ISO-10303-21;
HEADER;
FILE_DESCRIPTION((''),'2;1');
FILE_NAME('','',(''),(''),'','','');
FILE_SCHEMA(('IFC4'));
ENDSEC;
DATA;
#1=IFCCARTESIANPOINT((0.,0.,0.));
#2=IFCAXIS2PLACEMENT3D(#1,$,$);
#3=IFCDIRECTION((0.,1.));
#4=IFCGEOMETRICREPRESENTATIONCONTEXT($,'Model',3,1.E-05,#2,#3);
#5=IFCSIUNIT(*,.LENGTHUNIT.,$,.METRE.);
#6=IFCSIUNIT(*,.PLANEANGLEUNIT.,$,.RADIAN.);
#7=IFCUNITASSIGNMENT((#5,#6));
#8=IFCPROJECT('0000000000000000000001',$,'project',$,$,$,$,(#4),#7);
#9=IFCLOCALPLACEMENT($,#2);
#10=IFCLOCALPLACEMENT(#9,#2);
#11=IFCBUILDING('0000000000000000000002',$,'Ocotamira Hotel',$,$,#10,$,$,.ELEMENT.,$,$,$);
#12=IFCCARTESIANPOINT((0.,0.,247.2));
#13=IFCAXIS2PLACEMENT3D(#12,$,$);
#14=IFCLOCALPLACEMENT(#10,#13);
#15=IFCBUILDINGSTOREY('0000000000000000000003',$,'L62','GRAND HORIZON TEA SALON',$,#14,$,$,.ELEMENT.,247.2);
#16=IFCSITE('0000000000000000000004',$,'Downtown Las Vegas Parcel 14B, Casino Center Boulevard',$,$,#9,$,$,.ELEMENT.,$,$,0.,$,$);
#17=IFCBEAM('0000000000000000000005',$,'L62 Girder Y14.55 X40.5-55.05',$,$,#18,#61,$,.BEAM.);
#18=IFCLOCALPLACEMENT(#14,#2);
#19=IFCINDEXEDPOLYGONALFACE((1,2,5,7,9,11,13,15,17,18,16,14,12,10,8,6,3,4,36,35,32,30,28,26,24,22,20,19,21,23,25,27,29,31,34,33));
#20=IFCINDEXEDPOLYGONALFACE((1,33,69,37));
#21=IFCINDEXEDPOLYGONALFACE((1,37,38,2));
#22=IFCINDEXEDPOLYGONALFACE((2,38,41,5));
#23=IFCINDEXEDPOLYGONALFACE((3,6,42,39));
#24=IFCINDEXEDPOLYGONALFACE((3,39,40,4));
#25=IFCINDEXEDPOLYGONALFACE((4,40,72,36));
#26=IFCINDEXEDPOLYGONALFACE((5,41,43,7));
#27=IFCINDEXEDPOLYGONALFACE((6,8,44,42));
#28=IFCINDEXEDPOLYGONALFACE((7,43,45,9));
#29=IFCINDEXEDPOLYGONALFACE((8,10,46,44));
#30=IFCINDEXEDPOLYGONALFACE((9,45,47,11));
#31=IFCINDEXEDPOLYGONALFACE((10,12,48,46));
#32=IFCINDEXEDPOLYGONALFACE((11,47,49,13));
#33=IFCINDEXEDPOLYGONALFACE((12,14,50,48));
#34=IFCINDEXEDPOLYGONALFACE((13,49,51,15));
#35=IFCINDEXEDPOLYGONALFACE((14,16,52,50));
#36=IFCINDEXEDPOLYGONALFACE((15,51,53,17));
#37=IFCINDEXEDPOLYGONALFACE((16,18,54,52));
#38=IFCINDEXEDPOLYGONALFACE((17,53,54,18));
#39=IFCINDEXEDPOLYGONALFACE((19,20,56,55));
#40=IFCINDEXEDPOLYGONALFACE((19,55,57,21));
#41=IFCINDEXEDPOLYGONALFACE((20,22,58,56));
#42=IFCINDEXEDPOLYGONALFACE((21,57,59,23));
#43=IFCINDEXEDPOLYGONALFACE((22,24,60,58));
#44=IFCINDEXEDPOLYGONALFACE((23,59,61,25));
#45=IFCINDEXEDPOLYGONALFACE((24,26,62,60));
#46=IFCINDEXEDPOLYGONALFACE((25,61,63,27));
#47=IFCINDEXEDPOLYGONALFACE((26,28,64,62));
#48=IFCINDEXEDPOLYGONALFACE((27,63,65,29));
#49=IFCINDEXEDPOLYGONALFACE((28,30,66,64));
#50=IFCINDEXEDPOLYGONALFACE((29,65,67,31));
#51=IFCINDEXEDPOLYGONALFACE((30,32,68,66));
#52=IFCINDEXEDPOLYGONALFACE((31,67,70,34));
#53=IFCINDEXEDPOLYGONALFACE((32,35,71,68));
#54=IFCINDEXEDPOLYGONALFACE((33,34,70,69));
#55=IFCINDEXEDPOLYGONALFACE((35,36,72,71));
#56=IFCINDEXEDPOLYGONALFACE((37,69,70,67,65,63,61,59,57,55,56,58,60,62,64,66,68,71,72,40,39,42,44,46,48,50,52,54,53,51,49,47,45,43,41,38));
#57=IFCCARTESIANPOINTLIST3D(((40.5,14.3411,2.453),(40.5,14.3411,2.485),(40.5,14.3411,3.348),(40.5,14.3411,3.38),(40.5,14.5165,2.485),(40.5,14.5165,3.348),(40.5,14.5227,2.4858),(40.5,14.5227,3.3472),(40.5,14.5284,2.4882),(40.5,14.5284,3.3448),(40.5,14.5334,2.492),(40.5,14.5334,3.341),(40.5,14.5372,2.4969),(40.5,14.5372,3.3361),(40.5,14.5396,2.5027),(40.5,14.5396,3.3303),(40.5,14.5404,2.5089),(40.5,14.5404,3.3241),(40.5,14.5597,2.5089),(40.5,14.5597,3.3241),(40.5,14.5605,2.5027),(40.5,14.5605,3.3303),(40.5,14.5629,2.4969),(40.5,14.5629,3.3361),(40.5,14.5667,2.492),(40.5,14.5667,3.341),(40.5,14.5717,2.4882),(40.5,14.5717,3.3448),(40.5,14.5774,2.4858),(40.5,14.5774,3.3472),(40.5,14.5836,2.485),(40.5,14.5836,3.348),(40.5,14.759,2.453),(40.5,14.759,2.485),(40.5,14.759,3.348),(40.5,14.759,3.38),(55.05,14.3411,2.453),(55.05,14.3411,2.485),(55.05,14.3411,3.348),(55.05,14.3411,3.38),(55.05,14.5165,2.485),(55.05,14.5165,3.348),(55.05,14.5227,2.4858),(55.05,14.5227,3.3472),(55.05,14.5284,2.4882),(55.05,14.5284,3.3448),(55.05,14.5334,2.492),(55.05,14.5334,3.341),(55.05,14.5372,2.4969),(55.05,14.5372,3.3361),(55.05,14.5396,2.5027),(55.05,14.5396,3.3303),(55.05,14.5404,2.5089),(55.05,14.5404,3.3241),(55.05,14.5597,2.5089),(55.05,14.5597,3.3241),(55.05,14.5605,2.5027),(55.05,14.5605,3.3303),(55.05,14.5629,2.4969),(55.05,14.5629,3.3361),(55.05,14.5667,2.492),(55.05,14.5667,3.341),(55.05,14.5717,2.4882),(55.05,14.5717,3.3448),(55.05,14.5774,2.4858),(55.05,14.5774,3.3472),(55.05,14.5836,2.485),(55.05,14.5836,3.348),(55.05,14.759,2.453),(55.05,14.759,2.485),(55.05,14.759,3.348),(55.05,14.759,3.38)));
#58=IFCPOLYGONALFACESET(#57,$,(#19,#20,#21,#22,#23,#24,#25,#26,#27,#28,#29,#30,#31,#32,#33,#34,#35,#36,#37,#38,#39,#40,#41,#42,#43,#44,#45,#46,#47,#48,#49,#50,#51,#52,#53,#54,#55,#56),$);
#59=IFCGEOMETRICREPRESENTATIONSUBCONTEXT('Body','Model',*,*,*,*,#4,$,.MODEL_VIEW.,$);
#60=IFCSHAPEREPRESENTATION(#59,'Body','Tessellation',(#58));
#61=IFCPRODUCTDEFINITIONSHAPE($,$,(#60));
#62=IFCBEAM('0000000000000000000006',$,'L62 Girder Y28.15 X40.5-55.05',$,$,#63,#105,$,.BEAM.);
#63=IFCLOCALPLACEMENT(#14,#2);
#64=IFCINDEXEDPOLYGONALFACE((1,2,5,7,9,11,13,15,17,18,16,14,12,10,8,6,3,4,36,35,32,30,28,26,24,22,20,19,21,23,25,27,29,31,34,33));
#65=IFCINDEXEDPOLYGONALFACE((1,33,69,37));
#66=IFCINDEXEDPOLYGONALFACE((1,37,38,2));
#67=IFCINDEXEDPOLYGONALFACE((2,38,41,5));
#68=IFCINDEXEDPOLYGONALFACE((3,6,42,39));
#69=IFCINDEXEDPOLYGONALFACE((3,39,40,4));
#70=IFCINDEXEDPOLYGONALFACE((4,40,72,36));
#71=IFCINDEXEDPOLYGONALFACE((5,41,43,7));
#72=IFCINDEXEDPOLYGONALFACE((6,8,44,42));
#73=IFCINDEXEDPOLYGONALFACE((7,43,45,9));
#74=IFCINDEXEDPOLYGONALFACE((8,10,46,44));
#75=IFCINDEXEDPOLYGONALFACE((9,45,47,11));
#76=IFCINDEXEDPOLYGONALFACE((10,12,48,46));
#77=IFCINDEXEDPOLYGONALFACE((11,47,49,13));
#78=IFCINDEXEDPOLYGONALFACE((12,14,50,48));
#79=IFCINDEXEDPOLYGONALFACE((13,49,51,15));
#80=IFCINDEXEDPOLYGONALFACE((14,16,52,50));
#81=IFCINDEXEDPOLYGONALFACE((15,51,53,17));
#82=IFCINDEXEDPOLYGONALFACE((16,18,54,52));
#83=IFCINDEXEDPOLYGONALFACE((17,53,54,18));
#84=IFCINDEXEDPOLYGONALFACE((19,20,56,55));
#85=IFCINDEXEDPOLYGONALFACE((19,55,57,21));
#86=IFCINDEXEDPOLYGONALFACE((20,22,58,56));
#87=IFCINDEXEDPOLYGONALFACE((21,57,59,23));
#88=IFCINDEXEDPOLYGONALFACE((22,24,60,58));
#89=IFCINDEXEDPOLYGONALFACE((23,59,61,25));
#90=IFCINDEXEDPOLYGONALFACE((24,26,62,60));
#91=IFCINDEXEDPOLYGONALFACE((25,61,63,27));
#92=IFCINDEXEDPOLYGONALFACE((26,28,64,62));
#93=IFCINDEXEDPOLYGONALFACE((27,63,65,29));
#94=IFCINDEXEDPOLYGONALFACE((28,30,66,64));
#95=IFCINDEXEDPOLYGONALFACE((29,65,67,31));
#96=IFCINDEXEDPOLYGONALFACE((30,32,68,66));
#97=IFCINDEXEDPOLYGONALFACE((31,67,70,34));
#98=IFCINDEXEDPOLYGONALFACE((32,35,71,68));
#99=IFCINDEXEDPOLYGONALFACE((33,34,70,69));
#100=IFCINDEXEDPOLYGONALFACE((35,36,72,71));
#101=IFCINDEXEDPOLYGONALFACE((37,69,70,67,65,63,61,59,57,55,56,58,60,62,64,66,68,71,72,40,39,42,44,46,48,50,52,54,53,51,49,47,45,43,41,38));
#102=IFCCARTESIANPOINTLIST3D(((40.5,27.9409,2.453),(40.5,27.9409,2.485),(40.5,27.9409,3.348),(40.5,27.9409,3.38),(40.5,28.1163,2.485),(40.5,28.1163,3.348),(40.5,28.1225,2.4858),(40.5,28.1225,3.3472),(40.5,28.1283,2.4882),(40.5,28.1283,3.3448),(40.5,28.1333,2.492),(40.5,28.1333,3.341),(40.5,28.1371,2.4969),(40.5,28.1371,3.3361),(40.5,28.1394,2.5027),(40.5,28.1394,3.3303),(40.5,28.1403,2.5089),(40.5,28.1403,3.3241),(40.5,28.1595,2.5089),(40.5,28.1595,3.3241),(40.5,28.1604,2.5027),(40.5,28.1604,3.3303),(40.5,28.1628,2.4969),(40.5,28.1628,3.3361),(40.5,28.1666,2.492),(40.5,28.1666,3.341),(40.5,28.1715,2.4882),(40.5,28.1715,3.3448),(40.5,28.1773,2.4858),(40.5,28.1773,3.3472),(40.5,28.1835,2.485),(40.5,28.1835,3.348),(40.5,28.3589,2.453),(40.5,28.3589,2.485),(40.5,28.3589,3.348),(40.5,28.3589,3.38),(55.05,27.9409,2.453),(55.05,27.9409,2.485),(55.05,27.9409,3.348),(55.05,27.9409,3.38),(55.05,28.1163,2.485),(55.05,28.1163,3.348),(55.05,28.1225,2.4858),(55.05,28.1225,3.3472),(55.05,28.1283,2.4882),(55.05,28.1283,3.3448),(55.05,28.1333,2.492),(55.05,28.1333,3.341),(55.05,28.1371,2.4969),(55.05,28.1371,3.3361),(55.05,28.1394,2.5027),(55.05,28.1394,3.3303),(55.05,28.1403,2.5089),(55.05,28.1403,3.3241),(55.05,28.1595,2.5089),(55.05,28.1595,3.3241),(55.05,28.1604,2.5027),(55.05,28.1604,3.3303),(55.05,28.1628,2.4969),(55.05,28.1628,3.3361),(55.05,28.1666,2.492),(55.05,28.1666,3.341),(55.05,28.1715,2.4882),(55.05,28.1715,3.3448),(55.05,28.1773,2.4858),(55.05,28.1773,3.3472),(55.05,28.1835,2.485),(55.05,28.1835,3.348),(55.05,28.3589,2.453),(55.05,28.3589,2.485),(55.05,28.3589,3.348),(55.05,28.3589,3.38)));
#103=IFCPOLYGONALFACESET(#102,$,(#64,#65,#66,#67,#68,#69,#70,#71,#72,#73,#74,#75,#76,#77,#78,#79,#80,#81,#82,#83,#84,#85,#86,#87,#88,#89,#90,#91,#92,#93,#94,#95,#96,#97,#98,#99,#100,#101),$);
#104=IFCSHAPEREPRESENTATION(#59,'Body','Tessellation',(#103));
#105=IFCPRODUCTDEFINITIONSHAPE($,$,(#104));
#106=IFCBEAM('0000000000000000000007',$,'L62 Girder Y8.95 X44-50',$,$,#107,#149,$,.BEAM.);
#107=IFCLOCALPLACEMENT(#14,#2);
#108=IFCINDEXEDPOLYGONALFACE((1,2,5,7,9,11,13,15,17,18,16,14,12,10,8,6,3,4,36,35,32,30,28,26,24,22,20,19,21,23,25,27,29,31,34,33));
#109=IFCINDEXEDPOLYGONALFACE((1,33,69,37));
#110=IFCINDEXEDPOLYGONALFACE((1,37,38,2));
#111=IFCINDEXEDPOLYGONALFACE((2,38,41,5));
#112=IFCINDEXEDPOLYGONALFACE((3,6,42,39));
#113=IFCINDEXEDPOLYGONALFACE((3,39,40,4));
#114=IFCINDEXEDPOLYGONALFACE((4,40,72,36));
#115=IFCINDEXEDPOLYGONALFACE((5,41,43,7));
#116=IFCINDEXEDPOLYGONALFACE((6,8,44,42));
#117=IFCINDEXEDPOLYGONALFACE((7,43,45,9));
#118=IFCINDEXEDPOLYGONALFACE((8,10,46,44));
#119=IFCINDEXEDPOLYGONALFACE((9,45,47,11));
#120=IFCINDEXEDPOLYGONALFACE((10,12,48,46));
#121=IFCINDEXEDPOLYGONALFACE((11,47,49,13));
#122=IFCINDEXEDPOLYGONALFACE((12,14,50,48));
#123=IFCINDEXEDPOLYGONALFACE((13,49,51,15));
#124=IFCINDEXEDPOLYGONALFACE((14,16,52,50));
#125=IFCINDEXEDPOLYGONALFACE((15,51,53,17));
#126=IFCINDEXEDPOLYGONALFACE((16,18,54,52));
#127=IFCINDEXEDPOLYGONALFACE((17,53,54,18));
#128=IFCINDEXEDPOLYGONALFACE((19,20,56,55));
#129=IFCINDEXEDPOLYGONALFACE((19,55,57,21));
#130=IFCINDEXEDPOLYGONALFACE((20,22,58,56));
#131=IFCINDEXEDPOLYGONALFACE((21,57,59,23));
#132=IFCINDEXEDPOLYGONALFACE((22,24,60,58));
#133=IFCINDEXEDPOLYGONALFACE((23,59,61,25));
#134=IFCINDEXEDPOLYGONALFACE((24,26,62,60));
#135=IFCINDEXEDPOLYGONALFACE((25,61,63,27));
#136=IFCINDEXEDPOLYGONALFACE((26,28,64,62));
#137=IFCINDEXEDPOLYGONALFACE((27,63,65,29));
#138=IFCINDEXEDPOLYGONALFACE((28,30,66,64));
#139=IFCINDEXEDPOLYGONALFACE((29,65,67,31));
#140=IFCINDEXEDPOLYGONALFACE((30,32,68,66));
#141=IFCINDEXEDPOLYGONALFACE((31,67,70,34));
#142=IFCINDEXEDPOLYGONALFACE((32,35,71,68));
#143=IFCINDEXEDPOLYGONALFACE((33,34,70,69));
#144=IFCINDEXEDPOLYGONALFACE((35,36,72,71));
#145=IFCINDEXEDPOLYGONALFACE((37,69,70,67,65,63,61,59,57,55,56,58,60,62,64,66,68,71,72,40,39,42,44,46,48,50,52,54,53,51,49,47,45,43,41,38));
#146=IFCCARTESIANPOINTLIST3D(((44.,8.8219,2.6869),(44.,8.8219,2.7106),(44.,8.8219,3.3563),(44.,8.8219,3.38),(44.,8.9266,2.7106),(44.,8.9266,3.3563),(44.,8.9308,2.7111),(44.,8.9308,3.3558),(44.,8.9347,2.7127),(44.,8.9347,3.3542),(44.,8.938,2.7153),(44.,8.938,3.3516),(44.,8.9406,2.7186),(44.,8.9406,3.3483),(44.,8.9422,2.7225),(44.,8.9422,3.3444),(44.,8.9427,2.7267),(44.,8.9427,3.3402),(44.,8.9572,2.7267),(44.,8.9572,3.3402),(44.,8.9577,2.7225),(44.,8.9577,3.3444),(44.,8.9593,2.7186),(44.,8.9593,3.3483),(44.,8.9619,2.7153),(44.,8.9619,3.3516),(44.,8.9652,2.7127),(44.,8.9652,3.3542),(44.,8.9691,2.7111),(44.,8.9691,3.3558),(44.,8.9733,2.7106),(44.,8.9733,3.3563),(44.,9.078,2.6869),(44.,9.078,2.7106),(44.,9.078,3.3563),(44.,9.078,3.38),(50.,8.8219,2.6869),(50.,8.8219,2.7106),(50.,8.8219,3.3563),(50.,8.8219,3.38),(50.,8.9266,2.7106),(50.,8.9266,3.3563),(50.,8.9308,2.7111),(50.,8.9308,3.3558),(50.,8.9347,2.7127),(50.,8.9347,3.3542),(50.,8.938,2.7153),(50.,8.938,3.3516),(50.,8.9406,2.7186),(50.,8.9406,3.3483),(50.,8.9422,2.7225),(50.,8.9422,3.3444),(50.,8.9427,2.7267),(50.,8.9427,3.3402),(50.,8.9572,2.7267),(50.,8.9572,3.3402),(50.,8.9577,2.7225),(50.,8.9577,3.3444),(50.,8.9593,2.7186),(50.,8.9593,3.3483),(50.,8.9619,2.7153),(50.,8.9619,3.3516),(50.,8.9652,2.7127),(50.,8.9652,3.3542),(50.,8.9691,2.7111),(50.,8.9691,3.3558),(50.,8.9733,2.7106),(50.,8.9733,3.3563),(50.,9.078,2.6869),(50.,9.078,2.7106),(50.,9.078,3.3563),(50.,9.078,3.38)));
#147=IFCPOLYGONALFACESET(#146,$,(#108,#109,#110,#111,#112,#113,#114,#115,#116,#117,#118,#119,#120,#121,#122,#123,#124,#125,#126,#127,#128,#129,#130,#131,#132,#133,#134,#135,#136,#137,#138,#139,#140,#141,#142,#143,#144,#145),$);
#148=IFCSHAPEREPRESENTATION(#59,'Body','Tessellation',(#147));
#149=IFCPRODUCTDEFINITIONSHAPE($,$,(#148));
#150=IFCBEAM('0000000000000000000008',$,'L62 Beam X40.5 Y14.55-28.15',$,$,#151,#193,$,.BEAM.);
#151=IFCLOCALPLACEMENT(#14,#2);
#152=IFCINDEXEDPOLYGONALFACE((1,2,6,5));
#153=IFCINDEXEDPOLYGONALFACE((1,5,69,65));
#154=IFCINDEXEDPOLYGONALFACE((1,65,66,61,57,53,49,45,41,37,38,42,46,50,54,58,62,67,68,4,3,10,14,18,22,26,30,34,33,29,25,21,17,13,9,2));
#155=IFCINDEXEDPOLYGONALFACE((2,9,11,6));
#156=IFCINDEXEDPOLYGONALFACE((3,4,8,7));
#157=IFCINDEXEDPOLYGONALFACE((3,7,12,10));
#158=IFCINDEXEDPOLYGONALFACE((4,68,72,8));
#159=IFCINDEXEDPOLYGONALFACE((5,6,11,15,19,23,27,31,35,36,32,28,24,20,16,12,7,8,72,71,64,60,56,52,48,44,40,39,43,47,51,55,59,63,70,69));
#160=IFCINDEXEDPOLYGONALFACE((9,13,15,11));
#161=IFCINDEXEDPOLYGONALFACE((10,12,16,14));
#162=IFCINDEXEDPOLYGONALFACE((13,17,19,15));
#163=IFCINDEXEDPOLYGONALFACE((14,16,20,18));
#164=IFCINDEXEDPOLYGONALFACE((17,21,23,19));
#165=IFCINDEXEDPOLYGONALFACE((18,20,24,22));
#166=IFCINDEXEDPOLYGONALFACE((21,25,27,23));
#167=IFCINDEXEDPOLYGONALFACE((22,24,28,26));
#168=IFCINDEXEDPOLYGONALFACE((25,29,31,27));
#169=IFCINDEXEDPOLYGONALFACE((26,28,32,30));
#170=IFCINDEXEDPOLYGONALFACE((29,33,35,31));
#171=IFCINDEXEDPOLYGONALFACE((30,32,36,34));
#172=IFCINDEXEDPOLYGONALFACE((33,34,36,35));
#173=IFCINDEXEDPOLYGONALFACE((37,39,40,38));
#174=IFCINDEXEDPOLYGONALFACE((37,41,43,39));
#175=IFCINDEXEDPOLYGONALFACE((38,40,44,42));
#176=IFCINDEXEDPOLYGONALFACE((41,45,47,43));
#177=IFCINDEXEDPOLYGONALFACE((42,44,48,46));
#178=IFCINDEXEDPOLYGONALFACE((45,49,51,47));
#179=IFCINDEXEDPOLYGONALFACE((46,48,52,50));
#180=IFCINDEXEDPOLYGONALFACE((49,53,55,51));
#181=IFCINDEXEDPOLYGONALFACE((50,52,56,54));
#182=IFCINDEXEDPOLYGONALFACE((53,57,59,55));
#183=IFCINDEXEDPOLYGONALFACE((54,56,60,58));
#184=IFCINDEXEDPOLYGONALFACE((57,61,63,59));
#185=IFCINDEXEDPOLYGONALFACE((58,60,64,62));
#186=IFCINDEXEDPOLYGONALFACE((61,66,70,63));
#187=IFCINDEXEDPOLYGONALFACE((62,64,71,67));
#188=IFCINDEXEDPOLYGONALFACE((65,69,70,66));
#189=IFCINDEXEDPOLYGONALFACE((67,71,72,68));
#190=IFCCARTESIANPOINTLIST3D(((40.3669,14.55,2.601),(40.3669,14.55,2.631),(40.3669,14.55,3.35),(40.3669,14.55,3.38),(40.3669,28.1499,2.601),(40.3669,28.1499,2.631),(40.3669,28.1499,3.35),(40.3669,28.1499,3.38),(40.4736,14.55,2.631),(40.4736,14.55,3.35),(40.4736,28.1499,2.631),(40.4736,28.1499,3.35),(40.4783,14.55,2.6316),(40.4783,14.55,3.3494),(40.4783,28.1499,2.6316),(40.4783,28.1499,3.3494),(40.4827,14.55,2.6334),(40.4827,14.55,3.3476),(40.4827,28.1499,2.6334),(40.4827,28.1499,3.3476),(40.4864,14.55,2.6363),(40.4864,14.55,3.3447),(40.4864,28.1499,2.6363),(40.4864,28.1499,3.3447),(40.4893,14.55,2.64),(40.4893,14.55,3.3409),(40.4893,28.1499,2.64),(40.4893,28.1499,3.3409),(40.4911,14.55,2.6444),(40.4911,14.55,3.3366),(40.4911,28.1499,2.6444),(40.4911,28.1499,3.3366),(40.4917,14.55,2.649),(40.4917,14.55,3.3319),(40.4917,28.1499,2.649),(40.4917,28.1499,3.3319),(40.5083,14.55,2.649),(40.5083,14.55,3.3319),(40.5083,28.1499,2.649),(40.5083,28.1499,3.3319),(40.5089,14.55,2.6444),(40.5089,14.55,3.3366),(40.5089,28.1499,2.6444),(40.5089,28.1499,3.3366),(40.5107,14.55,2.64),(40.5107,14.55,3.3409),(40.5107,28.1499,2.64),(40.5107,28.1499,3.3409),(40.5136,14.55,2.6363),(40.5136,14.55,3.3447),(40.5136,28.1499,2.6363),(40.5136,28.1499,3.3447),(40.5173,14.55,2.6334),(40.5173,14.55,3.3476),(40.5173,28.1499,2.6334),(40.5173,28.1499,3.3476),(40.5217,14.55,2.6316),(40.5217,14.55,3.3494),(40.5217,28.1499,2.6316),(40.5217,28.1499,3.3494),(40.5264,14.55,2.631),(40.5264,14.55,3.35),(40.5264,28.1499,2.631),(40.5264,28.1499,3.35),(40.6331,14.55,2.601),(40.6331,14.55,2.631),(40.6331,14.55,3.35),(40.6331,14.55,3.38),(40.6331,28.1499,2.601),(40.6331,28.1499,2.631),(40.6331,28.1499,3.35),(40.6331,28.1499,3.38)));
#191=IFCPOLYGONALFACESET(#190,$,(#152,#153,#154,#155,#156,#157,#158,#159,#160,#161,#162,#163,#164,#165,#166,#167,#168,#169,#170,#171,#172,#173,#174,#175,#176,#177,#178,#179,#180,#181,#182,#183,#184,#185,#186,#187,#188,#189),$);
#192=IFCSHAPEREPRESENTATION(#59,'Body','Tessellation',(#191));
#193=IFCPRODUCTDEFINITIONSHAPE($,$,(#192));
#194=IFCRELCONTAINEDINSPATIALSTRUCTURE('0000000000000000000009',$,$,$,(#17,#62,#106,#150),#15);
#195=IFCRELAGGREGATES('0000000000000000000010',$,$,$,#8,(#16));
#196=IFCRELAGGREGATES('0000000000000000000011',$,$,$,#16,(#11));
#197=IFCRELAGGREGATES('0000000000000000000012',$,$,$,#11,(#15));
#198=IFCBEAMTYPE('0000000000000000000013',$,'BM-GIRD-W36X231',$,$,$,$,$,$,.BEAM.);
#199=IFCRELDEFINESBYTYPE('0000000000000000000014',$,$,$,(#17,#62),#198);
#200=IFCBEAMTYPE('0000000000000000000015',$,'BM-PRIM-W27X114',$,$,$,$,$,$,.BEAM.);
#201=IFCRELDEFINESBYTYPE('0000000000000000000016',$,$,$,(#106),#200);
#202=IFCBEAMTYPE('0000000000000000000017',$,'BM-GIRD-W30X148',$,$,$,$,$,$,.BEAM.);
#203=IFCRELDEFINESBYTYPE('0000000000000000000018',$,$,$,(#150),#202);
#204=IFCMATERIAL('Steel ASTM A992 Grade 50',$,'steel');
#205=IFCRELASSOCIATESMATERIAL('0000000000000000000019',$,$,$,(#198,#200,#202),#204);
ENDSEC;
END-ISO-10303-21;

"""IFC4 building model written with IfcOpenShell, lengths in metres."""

from ifc_helpers import new_model, si_unit, direction, frame, origin, origin_2d, place, context, subcontext, project, spatial, i_section, extrude, source, transform, mapped, material, material_profile, profile_set, type_object, element, save


model = new_model("IFC4")

# Units and contexts
model_context = context("Model", 3, precision=1e-05, world=origin(), true_north=direction((0.0, 1.0)))
body_context = subcontext(model_context, "Body", "Model", "MODEL_VIEW")
ifc_project = project(units=[si_unit("LENGTHUNIT", "METRE"), si_unit("PLANEANGLEUNIT", "RADIAN")], contexts=[model_context])

# Site, building, storey
site_placement = place(None, origin())
site = spatial("IfcSite", under=ifc_project, at=site_placement, Name="Downtown Las Vegas Parcel 14B, Casino Center Boulevard", CompositionType="ELEMENT", RefElevation=0.0)
building_placement = place(site_placement, origin())
building = spatial("IfcBuilding", under=site, at=building_placement, Name="Ocotamira Hotel", CompositionType="ELEMENT")
storey_placement = place(building_placement, frame((0.0, 0.0, 247.2)))
storey = spatial("IfcBuildingStorey", under=building, at=storey_placement, Name="L62", Description="GRAND HORIZON TEA SALON", CompositionType="ELEMENT", Elevation=247.2)

# Shared definitions
ifc_material_1 = material(Name="Steel ASTM A992 Grade 50", Category="steel")

# Beams
ifc_material_profile_1 = material_profile(ifc_material_1, i_section(OverallWidth=0.418, OverallDepth=0.927, WebThickness=0.0193, FlangeThickness=0.032, FilletRadius=0.0239, at=origin_2d()), Name="W36X231")
ifc_profile_set_1 = profile_set([ifc_material_profile_1], Name="Steel ASTM A992 Grade 50")
beam_type_1 = type_object("IfcBeamType", Name="BM-GIRD-W36X231", PredefinedType="BEAM", material=ifc_profile_set_1)
shared_shape_1 = source(origin(), body_context, "Body", "SweptSolid", [
    extrude(i_section(OverallWidth=0.418, OverallDepth=0.927, WebThickness=0.0193, FlangeThickness=0.032, FilletRadius=0.0239, at=origin_2d()), origin(), (0.0, 0.0, 1.0), 14.55),
])
for number, where, z_axis, x_axis, name in (
    (1, (40.5, 14.55, 2.9165), (1.0, 0.0, 0.0), (0.0, 1.0, 0.0), "L62 Girder Y14.55 X40.5-55.05"),
    (2, (40.5, 28.1499, 2.9165), (1.0, 0.0, 0.0), (0.0, 1.0, 0.0), "L62 Girder Y28.15 X40.5-55.05"),
):
    element("IfcBeam", number, at=place(storey_placement, frame(where, z_axis=z_axis, x_axis=x_axis)), inside=storey, type_object=beam_type_1, Name=name, PredefinedType="BEAM", context=body_context, shape_type="MappedRepresentation", body=[
        mapped(shared_shape_1, transform((0.0, 0.0, 0.0), scale=1.0)),
    ])
ifc_material_profile_2 = material_profile(ifc_material_1, i_section(OverallWidth=0.2561, OverallDepth=0.6931, WebThickness=0.0144, FlangeThickness=0.0237, FilletRadius=0.0161, at=origin_2d()), Name="W27X114")
ifc_profile_set_2 = profile_set([ifc_material_profile_2], Name="Steel ASTM A992 Grade 50")
beam_type_2 = type_object("IfcBeamType", Name="BM-PRIM-W27X114", PredefinedType="BEAM", material=ifc_profile_set_2)
shared_shape_2 = source(origin(), body_context, "Body", "SweptSolid", [
    extrude(i_section(OverallWidth=0.2561, OverallDepth=0.6931, WebThickness=0.0144, FlangeThickness=0.0237, FilletRadius=0.0161, at=origin_2d()), origin(), (0.0, 0.0, 1.0), 6.0),
])
beam_1_placement = place(storey_placement, frame((44.0, 8.95, 3.0334), z_axis=(1.0, 0.0, 0.0), x_axis=(0.0, 1.0, 0.0)))
element("IfcBeam", 3, at=beam_1_placement, inside=storey, type_object=beam_type_2, Name="L62 Girder Y8.95 X44-50", PredefinedType="BEAM", context=body_context, shape_type="MappedRepresentation", body=[
    mapped(shared_shape_2, transform((0.0, 0.0, 0.0), scale=1.0)),
])
ifc_material_profile_3 = material_profile(ifc_material_1, i_section(OverallWidth=0.2661, OverallDepth=0.7791, WebThickness=0.0166, FlangeThickness=0.03, FilletRadius=0.0181, at=origin_2d()), Name="W30X148")
ifc_profile_set_3 = profile_set([ifc_material_profile_3], Name="Steel ASTM A992 Grade 50")
beam_type_3 = type_object("IfcBeamType", Name="BM-GIRD-W30X148", PredefinedType="BEAM", material=ifc_profile_set_3)
shared_shape_3 = source(origin(), body_context, "Body", "SweptSolid", [
    extrude(i_section(OverallWidth=0.2661, OverallDepth=0.7791, WebThickness=0.0166, FlangeThickness=0.03, FilletRadius=0.0181, at=origin_2d()), origin(), (0.0, 0.0, 1.0), 13.5999),
])
beam_2_placement = place(storey_placement, frame((40.5, 14.55, 2.9905), z_axis=(0.0, 1.0, 0.0), x_axis=(-1.0, 0.0, 0.0)))
element("IfcBeam", 4, at=beam_2_placement, inside=storey, type_object=beam_type_3, Name="L62 Beam X40.5 Y14.55-28.15", PredefinedType="BEAM", context=body_context, shape_type="MappedRepresentation", body=[
    mapped(shared_shape_3, transform((0.0, 0.0, 0.0), scale=1.0)),
])

save(model, "model.ifc")
